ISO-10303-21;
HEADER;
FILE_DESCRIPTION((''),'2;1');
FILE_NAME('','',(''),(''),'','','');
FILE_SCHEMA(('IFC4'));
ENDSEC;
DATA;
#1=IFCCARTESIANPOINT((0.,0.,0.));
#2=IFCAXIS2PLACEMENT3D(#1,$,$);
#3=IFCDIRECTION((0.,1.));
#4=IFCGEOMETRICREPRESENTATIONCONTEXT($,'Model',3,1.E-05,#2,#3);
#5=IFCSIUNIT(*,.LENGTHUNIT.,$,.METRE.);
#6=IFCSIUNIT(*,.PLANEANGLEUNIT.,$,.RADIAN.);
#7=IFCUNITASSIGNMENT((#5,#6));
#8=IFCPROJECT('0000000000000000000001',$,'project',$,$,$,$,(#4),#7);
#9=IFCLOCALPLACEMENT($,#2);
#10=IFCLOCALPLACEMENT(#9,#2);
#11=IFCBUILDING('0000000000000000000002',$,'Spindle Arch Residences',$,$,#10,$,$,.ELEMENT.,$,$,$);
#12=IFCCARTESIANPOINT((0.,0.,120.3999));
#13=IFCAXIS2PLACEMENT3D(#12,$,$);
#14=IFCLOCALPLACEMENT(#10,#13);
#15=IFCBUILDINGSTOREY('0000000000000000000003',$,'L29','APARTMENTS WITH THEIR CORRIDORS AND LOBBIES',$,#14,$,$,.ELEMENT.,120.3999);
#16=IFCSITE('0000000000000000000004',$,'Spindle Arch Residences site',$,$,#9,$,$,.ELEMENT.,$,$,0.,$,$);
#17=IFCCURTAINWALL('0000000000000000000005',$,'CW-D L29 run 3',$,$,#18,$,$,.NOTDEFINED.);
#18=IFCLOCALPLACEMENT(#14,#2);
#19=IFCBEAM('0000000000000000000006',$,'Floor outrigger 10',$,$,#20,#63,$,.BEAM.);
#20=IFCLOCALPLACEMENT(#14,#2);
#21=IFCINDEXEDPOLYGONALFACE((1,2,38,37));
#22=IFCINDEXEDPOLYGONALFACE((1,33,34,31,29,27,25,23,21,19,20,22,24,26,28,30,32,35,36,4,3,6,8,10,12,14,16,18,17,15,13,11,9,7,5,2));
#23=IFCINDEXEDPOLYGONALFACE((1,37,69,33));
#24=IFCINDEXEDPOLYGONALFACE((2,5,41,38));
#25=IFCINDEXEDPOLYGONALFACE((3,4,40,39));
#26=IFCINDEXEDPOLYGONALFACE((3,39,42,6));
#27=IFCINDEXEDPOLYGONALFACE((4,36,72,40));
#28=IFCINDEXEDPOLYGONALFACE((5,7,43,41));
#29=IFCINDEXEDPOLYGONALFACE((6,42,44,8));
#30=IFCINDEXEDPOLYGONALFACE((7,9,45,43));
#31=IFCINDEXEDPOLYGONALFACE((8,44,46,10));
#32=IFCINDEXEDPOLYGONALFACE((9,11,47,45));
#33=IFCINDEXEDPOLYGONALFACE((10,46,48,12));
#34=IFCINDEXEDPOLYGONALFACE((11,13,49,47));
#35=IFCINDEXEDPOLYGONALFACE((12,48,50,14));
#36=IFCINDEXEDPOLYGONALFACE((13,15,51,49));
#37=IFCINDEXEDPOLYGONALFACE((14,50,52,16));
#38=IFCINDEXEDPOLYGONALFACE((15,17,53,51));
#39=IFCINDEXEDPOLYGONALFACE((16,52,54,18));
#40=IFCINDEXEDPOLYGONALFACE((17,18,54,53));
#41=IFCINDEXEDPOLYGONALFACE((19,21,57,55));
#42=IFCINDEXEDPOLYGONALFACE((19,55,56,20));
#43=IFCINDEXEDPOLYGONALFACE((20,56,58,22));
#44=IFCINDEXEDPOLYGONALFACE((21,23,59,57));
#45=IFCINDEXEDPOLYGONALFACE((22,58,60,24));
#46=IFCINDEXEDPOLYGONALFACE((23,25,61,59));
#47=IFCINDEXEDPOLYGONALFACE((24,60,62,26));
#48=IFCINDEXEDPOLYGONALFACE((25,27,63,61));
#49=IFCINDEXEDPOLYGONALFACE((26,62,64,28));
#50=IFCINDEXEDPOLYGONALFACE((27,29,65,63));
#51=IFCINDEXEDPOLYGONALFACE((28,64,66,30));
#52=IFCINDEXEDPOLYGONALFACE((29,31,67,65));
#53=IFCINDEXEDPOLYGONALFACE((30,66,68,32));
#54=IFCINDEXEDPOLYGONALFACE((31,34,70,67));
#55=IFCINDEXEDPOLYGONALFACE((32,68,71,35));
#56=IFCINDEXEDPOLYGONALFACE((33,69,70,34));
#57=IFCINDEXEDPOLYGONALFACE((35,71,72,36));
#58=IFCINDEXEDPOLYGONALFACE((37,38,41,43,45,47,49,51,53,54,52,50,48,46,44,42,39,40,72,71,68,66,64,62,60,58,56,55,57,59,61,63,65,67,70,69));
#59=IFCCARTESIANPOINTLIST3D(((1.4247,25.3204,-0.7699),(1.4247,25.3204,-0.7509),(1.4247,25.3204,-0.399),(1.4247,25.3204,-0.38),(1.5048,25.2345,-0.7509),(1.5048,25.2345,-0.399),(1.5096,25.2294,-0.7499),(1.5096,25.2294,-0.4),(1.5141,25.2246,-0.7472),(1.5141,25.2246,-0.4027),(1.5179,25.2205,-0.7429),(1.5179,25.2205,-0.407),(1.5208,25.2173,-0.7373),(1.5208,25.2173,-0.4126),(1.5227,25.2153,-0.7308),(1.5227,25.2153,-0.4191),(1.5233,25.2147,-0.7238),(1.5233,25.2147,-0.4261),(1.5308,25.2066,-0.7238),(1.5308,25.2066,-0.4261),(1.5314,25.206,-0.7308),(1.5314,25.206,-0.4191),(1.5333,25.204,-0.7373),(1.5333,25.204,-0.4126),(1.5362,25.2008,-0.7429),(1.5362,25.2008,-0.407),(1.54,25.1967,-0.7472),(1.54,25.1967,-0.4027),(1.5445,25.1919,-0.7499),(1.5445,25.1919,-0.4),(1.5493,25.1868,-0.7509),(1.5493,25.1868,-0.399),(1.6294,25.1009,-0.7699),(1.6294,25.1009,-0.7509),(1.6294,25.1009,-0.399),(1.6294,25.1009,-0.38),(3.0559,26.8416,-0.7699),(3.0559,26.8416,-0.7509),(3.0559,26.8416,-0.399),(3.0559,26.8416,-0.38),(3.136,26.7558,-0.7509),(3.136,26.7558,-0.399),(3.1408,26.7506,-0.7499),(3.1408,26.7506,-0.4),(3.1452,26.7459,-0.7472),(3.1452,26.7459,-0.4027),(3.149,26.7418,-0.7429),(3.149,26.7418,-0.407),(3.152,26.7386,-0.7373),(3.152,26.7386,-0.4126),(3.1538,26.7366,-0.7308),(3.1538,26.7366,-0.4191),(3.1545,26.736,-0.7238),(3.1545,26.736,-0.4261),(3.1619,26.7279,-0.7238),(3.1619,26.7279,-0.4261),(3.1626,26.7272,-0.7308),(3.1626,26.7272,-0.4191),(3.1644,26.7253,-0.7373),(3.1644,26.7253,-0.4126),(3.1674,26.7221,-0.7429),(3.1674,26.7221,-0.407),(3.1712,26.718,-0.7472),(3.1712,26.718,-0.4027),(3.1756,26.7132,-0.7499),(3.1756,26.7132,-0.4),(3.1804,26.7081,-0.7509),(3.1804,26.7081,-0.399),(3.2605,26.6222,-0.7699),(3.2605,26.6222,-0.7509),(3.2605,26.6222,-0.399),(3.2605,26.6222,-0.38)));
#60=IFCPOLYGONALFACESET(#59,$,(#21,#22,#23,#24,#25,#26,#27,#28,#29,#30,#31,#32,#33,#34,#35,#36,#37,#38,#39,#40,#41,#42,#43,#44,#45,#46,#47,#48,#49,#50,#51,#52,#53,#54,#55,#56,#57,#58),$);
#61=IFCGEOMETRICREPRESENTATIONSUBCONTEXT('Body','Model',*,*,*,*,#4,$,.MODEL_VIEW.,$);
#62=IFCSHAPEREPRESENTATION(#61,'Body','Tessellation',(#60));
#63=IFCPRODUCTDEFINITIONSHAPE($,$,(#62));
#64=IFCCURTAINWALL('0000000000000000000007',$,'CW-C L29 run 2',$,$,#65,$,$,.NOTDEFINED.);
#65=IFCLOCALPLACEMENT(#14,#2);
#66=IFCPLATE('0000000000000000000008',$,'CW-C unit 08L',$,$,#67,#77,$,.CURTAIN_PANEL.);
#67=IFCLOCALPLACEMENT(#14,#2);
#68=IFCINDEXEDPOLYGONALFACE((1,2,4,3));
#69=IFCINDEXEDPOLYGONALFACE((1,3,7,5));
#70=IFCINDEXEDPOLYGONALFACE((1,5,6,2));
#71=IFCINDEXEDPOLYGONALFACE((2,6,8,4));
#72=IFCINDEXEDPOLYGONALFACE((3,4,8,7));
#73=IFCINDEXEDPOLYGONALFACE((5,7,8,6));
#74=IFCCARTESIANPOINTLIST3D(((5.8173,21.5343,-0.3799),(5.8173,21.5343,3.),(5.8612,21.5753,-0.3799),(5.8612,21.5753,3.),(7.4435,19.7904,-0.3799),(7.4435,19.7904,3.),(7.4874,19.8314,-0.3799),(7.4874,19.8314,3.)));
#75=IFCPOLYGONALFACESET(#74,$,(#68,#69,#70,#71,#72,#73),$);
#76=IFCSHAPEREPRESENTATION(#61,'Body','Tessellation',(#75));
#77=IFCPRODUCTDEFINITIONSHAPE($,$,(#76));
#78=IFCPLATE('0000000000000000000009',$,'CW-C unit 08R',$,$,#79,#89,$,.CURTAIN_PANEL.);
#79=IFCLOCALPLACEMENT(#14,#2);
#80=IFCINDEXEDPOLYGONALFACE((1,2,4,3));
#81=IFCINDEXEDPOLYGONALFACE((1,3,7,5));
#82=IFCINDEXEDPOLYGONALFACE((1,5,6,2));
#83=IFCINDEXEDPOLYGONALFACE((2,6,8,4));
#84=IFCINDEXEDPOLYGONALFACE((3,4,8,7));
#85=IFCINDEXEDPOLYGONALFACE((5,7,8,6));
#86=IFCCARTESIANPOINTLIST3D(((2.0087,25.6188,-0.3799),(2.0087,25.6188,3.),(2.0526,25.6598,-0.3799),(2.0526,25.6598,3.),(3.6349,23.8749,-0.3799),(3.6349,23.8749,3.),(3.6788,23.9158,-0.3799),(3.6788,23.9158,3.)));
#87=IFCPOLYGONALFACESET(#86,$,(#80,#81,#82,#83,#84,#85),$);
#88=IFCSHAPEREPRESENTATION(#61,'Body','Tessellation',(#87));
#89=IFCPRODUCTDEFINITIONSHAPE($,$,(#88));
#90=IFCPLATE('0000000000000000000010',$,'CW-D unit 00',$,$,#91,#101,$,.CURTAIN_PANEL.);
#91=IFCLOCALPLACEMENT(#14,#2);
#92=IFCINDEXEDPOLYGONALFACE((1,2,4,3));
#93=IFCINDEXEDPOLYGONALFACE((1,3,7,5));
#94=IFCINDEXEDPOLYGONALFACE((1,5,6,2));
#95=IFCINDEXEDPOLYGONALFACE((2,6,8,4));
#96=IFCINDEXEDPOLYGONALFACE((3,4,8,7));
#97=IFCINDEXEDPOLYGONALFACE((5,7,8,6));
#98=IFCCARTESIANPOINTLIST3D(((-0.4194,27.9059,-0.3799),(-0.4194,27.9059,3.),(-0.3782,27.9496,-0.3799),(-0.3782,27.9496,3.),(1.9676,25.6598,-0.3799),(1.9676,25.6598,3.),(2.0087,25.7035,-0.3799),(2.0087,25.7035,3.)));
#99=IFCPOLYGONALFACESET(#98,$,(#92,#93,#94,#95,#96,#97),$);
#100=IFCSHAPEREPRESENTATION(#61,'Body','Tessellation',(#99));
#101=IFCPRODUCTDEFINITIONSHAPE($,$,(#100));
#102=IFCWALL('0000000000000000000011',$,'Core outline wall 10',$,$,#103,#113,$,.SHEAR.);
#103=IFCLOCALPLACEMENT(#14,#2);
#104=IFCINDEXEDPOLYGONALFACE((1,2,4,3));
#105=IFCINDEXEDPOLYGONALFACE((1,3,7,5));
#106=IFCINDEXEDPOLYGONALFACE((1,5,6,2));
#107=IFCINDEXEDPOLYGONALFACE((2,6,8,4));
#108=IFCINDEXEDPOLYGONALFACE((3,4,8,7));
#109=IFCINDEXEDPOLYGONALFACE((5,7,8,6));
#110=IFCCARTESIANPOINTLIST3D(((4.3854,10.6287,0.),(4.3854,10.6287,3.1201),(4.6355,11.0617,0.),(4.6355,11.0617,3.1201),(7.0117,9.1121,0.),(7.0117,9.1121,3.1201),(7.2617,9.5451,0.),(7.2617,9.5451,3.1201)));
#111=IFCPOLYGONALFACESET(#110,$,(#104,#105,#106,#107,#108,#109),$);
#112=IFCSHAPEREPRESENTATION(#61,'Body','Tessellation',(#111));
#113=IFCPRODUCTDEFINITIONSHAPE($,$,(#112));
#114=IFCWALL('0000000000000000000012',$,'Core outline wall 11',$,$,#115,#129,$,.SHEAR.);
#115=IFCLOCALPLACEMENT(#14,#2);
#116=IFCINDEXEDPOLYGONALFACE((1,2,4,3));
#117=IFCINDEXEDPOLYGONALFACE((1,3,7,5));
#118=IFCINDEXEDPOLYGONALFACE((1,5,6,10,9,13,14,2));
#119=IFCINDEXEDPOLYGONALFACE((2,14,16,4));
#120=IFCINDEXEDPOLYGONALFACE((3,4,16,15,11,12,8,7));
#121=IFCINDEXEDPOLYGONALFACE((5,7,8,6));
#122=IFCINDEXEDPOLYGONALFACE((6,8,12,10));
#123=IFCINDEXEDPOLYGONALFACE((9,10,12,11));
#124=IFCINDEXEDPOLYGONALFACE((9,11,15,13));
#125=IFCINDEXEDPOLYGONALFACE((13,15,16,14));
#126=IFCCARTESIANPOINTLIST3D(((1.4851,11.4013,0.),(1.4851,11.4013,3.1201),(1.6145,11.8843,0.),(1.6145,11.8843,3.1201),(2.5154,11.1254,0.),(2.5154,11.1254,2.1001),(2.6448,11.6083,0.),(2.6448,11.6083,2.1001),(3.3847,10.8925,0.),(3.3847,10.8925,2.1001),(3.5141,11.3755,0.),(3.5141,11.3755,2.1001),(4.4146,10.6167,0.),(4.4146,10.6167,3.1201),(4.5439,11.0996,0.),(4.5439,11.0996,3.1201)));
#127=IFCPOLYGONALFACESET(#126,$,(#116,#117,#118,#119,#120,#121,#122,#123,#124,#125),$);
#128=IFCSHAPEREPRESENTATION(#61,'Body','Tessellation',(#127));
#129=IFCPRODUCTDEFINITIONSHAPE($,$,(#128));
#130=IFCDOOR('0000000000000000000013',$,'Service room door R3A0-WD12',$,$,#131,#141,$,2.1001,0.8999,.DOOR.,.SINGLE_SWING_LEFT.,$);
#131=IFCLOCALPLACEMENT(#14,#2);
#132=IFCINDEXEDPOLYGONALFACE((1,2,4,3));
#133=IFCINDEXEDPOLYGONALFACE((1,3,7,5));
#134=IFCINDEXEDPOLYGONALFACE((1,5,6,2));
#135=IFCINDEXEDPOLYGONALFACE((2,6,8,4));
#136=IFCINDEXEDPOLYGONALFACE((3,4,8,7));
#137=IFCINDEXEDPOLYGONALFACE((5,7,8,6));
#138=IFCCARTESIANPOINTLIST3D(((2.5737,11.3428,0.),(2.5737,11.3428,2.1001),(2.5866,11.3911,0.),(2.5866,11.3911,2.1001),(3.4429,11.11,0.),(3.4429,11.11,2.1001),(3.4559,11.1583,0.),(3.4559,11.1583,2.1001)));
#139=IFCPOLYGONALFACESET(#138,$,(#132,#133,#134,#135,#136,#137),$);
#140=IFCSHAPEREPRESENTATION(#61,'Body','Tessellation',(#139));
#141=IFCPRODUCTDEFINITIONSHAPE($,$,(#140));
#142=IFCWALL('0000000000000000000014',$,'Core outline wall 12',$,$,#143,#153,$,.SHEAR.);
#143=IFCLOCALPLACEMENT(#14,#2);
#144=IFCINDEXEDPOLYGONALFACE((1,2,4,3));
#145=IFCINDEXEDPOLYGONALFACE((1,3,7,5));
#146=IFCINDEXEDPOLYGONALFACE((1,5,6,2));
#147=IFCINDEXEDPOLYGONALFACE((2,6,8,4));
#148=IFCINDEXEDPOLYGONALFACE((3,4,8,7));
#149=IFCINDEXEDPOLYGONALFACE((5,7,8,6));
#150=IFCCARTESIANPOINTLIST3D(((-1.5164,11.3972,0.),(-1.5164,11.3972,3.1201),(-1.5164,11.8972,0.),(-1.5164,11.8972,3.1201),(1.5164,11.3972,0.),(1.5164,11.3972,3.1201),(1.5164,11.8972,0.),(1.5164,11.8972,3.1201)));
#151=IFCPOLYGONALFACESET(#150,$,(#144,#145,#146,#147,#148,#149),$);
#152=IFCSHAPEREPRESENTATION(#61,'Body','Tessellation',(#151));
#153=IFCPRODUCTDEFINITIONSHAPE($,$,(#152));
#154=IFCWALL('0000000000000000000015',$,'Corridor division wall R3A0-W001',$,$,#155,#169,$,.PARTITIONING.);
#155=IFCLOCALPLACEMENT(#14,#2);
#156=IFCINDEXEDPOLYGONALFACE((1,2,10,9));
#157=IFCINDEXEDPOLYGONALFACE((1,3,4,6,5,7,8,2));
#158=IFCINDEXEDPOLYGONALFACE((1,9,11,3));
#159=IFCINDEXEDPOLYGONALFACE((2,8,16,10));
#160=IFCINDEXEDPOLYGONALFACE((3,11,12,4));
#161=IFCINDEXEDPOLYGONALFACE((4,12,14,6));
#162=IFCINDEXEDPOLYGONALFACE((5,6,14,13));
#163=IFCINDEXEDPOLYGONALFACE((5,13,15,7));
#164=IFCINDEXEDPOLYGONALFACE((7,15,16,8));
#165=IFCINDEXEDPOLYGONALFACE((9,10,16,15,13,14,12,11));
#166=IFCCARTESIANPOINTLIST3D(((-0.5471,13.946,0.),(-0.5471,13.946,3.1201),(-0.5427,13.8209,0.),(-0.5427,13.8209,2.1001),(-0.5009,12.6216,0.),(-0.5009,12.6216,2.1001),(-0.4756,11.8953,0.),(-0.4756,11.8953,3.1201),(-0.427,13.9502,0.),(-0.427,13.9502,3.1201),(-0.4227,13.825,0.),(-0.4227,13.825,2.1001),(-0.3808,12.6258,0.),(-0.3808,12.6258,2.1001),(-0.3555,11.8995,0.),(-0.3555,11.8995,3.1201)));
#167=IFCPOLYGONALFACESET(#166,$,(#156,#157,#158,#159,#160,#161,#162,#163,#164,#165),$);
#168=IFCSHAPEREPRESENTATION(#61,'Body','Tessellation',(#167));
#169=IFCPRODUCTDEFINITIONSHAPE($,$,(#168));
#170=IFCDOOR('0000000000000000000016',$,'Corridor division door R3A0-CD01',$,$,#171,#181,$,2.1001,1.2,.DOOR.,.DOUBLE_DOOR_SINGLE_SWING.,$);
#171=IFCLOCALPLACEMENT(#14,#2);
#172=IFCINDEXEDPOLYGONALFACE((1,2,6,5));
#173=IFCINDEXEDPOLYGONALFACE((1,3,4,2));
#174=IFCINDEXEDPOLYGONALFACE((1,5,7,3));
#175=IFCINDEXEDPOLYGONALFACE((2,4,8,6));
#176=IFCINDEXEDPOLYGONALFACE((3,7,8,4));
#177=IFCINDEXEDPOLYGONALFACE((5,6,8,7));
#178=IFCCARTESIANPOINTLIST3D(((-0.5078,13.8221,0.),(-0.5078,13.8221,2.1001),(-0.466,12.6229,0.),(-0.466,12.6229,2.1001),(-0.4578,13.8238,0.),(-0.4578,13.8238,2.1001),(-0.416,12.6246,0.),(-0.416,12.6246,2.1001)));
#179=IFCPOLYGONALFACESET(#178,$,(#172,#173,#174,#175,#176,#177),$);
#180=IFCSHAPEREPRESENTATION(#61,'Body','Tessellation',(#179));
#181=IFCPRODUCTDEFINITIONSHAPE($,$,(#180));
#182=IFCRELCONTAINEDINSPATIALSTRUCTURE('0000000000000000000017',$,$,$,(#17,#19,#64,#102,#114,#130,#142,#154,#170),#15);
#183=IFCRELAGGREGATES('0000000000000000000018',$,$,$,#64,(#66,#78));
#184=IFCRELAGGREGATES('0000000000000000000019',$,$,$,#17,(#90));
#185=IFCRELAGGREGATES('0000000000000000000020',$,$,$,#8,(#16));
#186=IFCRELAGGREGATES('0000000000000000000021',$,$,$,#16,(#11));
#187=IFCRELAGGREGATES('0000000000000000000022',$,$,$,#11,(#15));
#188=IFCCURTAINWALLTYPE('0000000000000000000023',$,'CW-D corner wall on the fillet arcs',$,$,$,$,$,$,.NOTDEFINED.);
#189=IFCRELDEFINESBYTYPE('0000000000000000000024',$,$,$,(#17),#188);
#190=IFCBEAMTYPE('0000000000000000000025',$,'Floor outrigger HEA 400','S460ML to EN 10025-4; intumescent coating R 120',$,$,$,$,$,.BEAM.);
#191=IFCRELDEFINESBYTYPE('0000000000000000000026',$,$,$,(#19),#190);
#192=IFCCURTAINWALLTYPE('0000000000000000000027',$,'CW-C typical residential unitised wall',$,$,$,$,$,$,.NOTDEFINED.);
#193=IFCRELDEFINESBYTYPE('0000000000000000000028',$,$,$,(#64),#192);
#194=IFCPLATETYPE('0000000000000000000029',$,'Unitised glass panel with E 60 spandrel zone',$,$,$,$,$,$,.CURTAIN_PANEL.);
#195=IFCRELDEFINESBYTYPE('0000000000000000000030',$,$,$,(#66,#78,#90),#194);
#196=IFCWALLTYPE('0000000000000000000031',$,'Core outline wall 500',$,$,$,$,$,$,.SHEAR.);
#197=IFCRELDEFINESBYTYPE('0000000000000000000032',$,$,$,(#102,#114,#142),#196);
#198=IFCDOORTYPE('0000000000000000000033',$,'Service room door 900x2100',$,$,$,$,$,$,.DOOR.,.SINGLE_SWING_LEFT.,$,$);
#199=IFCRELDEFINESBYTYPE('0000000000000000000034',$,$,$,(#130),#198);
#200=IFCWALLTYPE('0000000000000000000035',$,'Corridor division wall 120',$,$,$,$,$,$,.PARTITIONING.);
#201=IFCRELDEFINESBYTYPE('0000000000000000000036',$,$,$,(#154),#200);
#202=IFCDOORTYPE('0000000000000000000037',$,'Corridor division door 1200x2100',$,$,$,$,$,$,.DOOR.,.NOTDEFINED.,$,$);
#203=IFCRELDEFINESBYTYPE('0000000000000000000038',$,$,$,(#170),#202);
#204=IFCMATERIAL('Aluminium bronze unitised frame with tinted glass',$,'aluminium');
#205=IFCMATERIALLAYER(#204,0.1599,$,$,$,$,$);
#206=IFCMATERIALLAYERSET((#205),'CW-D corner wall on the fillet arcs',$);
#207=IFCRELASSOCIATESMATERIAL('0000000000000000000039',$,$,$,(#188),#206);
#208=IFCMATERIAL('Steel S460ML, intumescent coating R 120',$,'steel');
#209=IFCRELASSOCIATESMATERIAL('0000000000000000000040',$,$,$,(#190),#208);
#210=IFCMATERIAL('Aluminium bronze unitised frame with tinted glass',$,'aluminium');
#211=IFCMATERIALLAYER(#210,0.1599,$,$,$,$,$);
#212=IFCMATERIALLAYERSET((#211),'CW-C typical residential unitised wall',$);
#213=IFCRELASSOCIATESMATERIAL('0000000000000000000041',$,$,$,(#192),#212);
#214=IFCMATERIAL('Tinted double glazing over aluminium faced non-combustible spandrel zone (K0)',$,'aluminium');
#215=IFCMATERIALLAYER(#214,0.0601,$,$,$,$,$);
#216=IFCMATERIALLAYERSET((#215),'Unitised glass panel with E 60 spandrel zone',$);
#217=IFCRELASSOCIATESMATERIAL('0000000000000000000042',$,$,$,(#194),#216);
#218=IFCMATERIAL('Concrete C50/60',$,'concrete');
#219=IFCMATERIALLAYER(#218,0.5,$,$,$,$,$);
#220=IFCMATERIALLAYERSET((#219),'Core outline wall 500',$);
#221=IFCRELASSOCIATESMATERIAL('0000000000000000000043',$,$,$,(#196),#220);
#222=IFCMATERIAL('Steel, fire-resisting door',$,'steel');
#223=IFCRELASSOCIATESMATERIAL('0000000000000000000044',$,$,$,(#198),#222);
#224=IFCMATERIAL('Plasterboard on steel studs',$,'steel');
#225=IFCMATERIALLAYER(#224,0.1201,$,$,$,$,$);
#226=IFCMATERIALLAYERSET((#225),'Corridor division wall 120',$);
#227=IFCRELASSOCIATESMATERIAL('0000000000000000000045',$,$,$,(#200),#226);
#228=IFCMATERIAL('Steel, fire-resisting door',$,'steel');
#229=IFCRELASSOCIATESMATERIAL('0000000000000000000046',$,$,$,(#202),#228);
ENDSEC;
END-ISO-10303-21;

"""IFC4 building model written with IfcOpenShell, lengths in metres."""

from ifc_helpers import new_model, si_unit, direction, frame, frame_2d, origin, origin_2d, place, context, subcontext, project, spatial, rectangle, i_section, extrude, material, layer, layer_set, material_profile, profile_set, type_object, element, fill, aggregate, save


model = new_model("IFC4")

# Units and contexts
model_context = context("Model", 3, precision=1e-05, world=origin(), true_north=direction((0.0, 1.0)))
body_context = subcontext(model_context, "Body", "Model", "MODEL_VIEW")
ifc_project = project(units=[si_unit("LENGTHUNIT", "METRE"), si_unit("PLANEANGLEUNIT", "RADIAN")], contexts=[model_context])

# Site, building, storey
site_placement = place(None, origin())
site = spatial("IfcSite", under=ifc_project, at=site_placement, Name="Spindle Arch Residences site", CompositionType="ELEMENT", RefElevation=0.0)
building_placement = place(site_placement, origin())
building = spatial("IfcBuilding", under=site, at=building_placement, Name="Spindle Arch Residences", CompositionType="ELEMENT")
storey_placement = place(building_placement, frame((0.0, 0.0, 120.3999)))
storey = spatial("IfcBuildingStorey", under=building, at=storey_placement, Name="L29", Description="APARTMENTS WITH THEIR CORRIDORS AND LOBBIES", CompositionType="ELEMENT", Elevation=120.3999)

# Curtain wall
ifc_material_1 = material(Name="Aluminium bronze unitised frame with tinted glass", Category="aluminium")
ifc_layer_1 = layer(ifc_material_1, 0.1599)
ifc_layer_set_1 = layer_set([ifc_layer_1], Name="CW-D corner wall on the fillet arcs")
curtain_wall_type_1 = type_object("IfcCurtainWallType", Name="CW-D corner wall on the fillet arcs", PredefinedType="NOTDEFINED", material=ifc_layer_set_1)
curtain_wall_1_placement = place(storey_placement, origin())
curtain_wall_1 = element("IfcCurtainWall", 1, at=curtain_wall_1_placement, inside=storey, type_object=curtain_wall_type_1, Name="CW-D L29 run 3", PredefinedType="NOTDEFINED")

# Beam
ifc_material_2 = material(Name="Steel S460ML, intumescent coating R 120", Category="steel")
ifc_material_profile_1 = material_profile(ifc_material_2, i_section(OverallWidth=0.3, OverallDepth=0.3899, WebThickness=0.011, FlangeThickness=0.019, FilletRadius=0.0271, at=origin_2d()), Name="HEA 400")
ifc_profile_set_1 = profile_set([ifc_material_profile_1], Name="Steel S460ML, intumescent coating R 120")
beam_type_1 = type_object("IfcBeamType", Name="Floor outrigger HEA 400", Description="S460ML to EN 10025-4; intumescent coating R 120", PredefinedType="BEAM", material=ifc_profile_set_1)
beam_1_placement = place(storey_placement, frame((3.1582, 26.7319, -0.575), z_axis=(-0.731306, -0.682049, 0.0), x_axis=(0.682049, -0.731306, 0.0)))
element("IfcBeam", 2, at=beam_1_placement, inside=storey, type_object=beam_type_1, Name="Floor outrigger 10", PredefinedType="BEAM", context=body_context, shape_type="SweptSolid", body=[
    extrude(i_section(OverallWidth=0.3, OverallDepth=0.3899, WebThickness=0.011, FlangeThickness=0.019, FilletRadius=0.0271, at=origin_2d()), origin(), (0.0, 0.0, 1.0), 2.2305),
])

# Curtain wall, plates
ifc_material_3 = material(Name="Aluminium bronze unitised frame with tinted glass", Category="aluminium")
ifc_layer_2 = layer(ifc_material_3, 0.1599)
ifc_layer_set_2 = layer_set([ifc_layer_2], Name="CW-C typical residential unitised wall")
curtain_wall_type_2 = type_object("IfcCurtainWallType", Name="CW-C typical residential unitised wall", PredefinedType="NOTDEFINED", material=ifc_layer_set_2)
curtain_wall_2_placement = place(storey_placement, origin())
curtain_wall_2 = element("IfcCurtainWall", 3, at=curtain_wall_2_placement, inside=storey, type_object=curtain_wall_type_2, Name="CW-C L29 run 2", PredefinedType="NOTDEFINED")
ifc_material_4 = material(Name="Tinted double glazing over aluminium faced non-combustible spandrel zone (K0)", Category="aluminium")
ifc_layer_3 = layer(ifc_material_4, 0.0601)
ifc_layer_set_3 = layer_set([ifc_layer_3], Name="Unitised glass panel with E 60 spandrel zone")
plate_type = type_object("IfcPlateType", Name="Unitised glass panel with E 60 spandrel zone", PredefinedType="CURTAIN_PANEL", material=ifc_layer_set_3)
plate_1_placement = place(storey_placement, frame((6.6523, 20.6829, -0.3799), z_axis=(0.0, 0.0, 1.0), x_axis=(-0.681998, 0.731354, 0.0)))
plate_1 = element("IfcPlate", 4, at=plate_1_placement, type_object=plate_type, Name="CW-C unit 08L", PredefinedType="CURTAIN_PANEL", context=body_context, shape_type="SweptSolid", body=[
    extrude(rectangle(XDim=2.3845, YDim=0.0601, at=origin_2d()), origin(), (0.0, 0.0, 1.0), 3.3799),
])
plate_2_placement = place(storey_placement, frame((2.8438, 24.7673, -0.3799), z_axis=(0.0, 0.0, 1.0), x_axis=(-0.681998, 0.731354, 0.0)))
plate_2 = element("IfcPlate", 5, at=plate_2_placement, type_object=plate_type, Name="CW-C unit 08R", PredefinedType="CURTAIN_PANEL", context=body_context, shape_type="SweptSolid", body=[
    extrude(rectangle(XDim=2.3845, YDim=0.0601, at=origin_2d()), origin(), (0.0, 0.0, 1.0), 3.3799),
])
aggregate(curtain_wall_2, [plate_1, plate_2])

# Plate
plate_3_placement = place(storey_placement, frame((0.7947, 26.8047, -0.3799), z_axis=(0.0, 0.0, 1.0), x_axis=(-0.72827, 0.68529, 0.0)))
plate_3 = element("IfcPlate", 6, at=plate_3_placement, type_object=plate_type, Name="CW-D unit 00", PredefinedType="CURTAIN_PANEL", context=body_context, shape_type="SweptSolid", body=[
    extrude(rectangle(XDim=3.2776, YDim=0.0601, at=origin_2d()), origin(), (0.0, 0.0, 1.0), 3.3799),
])
aggregate(curtain_wall_1, [plate_3])

# Wall
ifc_material_5 = material(Name="Concrete C50/60", Category="concrete")
ifc_layer_4 = layer(ifc_material_5, 0.5)
ifc_layer_set_4 = layer_set([ifc_layer_4], Name="Core outline wall 500")
wall_type_1 = type_object("IfcWallType", Name="Core outline wall 500", PredefinedType="SHEAR", material=ifc_layer_set_4)
wall_1_placement = place(storey_placement, frame((7.1367, 9.3286, 0.0), z_axis=(0.0, 0.0, 1.0), x_axis=(-0.865975, 0.500087, 0.0)))
element("IfcWall", 7, at=wall_1_placement, inside=storey, type_object=wall_type_1, Name="Core outline wall 10", PredefinedType="SHEAR", context=body_context, shape_type="SweptSolid", body=[
    extrude(rectangle(XDim=3.0327, YDim=0.5, at=frame_2d((1.5164, 0.0))), origin(), (0.0, 0.0, 1.0), 3.1201),
])

# Wall, opening, door
wall_2_placement = place(storey_placement, frame((4.4792, 10.8582, 0.0), z_axis=(0.0, 0.0, 1.0), x_axis=(-0.965948, 0.258735, 0.0)))
wall_2 = element("IfcWall", 8, at=wall_2_placement, inside=storey, type_object=wall_type_1, Name="Core outline wall 11", PredefinedType="SHEAR", context=body_context, shape_type="SweptSolid", body=[
    extrude(rectangle(XDim=3.0327, YDim=0.5, at=frame_2d((1.5164, 0.0))), origin(), (0.0, 0.0, 1.0), 3.1201),
])
opening_1_placement = place(wall_2_placement, frame((1.0662, 0.0, 0.0)))
opening_1 = element("IfcOpeningElement", 9, at=opening_1_placement, cuts=wall_2, PredefinedType="OPENING", context=body_context, shape_type="SweptSolid", body=[
    extrude(rectangle(XDim=0.8999, YDim=2.1001, at=frame_2d((0.45, 1.05))), frame((0.0, 0.26, 0.0), z_axis=(0.0, -1.0, 0.0), x_axis=(1.0, 0.0, 0.0)), (0.0, 0.0, 1.0), 0.52),
])
ifc_material_6 = material(Name="Steel, fire-resisting door", Category="steel")
door_type_1 = type_object("IfcDoorType", Name="Service room door 900x2100", OperationType="SINGLE_SWING_LEFT", PredefinedType="DOOR", material=ifc_material_6)
door_1_placement = place(opening_1_placement, origin())
door_1 = element("IfcDoor", 10, at=door_1_placement, inside=storey, type_object=door_type_1, Name="Service room door R3A0-WD12", OperationType="SINGLE_SWING_LEFT", OverallHeight=2.1001, OverallWidth=0.8999, PredefinedType="DOOR", context=body_context, shape_type="SweptSolid", body=[
    extrude(rectangle(XDim=0.8999, YDim=2.1001, at=frame_2d((0.45, 1.05))), frame((0.0, 0.0249, 0.0), z_axis=(0.0, -1.0, 0.0), x_axis=(1.0, 0.0, 0.0)), (0.0, 0.0, 1.0), 0.05),
])
fill(opening_1, door_1)

# Wall
wall_3_placement = place(storey_placement, frame((1.5164, 11.6472, 0.0), z_axis=(0.0, 0.0, 1.0), x_axis=(-1.0, 0.0, 0.0)))
element("IfcWall", 11, at=wall_3_placement, inside=storey, type_object=wall_type_1, Name="Core outline wall 12", PredefinedType="SHEAR", context=body_context, shape_type="SweptSolid", body=[
    extrude(rectangle(XDim=3.0327, YDim=0.5, at=frame_2d((1.5164, 0.0))), origin(), (0.0, 0.0, 1.0), 3.1201),
])

# Wall, opening, door
ifc_material_7 = material(Name="Plasterboard on steel studs", Category="steel")
ifc_layer_5 = layer(ifc_material_7, 0.1201)
ifc_layer_set_5 = layer_set([ifc_layer_5], Name="Corridor division wall 120")
wall_type_2 = type_object("IfcWallType", Name="Corridor division wall 120", PredefinedType="PARTITIONING", material=ifc_layer_set_5)
wall_4_placement = place(storey_placement, frame((-0.4871, 13.948, 0.0), z_axis=(0.0, 0.0, 1.0), x_axis=(0.03486, -0.999392, 0.0)))
wall_4 = element("IfcWall", 12, at=wall_4_placement, inside=storey, type_object=wall_type_2, Name="Corridor division wall R3A0-W001", PredefinedType="PARTITIONING", context=body_context, shape_type="SweptSolid", body=[
    extrude(rectangle(XDim=2.052, YDim=0.1201, at=frame_2d((1.0259, 0.0))), origin(), (0.0, 0.0, 1.0), 3.1201),
])
opening_2_placement = place(wall_4_placement, frame((0.125, 0.0, 0.0)))
opening_2 = element("IfcOpeningElement", 13, at=opening_2_placement, cuts=wall_4, PredefinedType="OPENING", context=body_context, shape_type="SweptSolid", body=[
    extrude(rectangle(XDim=1.2, YDim=2.1001, at=frame_2d((0.6001, 1.05))), frame((0.0, 0.0701, 0.0), z_axis=(0.0, -1.0, 0.0), x_axis=(1.0, 0.0, 0.0)), (0.0, 0.0, 1.0), 0.1401),
])
ifc_material_8 = material(Name="Steel, fire-resisting door", Category="steel")
door_type_2 = type_object("IfcDoorType", Name="Corridor division door 1200x2100", OperationType="NOTDEFINED", PredefinedType="DOOR", material=ifc_material_8)
door_2_placement = place(opening_2_placement, origin())
door_2 = element("IfcDoor", 14, at=door_2_placement, inside=storey, type_object=door_type_2, Name="Corridor division door R3A0-CD01", OperationType="DOUBLE_DOOR_SINGLE_SWING", OverallHeight=2.1001, OverallWidth=1.2, PredefinedType="DOOR", context=body_context, shape_type="SweptSolid", body=[
    extrude(rectangle(XDim=1.2, YDim=2.1001, at=frame_2d((0.6001, 1.05))), frame((0.0, 0.0249, 0.0), z_axis=(0.0, -1.0, 0.0), x_axis=(1.0, 0.0, 0.0)), (0.0, 0.0, 1.0), 0.05),
])
fill(opening_2, door_2)

save(model, "model.ifc")
